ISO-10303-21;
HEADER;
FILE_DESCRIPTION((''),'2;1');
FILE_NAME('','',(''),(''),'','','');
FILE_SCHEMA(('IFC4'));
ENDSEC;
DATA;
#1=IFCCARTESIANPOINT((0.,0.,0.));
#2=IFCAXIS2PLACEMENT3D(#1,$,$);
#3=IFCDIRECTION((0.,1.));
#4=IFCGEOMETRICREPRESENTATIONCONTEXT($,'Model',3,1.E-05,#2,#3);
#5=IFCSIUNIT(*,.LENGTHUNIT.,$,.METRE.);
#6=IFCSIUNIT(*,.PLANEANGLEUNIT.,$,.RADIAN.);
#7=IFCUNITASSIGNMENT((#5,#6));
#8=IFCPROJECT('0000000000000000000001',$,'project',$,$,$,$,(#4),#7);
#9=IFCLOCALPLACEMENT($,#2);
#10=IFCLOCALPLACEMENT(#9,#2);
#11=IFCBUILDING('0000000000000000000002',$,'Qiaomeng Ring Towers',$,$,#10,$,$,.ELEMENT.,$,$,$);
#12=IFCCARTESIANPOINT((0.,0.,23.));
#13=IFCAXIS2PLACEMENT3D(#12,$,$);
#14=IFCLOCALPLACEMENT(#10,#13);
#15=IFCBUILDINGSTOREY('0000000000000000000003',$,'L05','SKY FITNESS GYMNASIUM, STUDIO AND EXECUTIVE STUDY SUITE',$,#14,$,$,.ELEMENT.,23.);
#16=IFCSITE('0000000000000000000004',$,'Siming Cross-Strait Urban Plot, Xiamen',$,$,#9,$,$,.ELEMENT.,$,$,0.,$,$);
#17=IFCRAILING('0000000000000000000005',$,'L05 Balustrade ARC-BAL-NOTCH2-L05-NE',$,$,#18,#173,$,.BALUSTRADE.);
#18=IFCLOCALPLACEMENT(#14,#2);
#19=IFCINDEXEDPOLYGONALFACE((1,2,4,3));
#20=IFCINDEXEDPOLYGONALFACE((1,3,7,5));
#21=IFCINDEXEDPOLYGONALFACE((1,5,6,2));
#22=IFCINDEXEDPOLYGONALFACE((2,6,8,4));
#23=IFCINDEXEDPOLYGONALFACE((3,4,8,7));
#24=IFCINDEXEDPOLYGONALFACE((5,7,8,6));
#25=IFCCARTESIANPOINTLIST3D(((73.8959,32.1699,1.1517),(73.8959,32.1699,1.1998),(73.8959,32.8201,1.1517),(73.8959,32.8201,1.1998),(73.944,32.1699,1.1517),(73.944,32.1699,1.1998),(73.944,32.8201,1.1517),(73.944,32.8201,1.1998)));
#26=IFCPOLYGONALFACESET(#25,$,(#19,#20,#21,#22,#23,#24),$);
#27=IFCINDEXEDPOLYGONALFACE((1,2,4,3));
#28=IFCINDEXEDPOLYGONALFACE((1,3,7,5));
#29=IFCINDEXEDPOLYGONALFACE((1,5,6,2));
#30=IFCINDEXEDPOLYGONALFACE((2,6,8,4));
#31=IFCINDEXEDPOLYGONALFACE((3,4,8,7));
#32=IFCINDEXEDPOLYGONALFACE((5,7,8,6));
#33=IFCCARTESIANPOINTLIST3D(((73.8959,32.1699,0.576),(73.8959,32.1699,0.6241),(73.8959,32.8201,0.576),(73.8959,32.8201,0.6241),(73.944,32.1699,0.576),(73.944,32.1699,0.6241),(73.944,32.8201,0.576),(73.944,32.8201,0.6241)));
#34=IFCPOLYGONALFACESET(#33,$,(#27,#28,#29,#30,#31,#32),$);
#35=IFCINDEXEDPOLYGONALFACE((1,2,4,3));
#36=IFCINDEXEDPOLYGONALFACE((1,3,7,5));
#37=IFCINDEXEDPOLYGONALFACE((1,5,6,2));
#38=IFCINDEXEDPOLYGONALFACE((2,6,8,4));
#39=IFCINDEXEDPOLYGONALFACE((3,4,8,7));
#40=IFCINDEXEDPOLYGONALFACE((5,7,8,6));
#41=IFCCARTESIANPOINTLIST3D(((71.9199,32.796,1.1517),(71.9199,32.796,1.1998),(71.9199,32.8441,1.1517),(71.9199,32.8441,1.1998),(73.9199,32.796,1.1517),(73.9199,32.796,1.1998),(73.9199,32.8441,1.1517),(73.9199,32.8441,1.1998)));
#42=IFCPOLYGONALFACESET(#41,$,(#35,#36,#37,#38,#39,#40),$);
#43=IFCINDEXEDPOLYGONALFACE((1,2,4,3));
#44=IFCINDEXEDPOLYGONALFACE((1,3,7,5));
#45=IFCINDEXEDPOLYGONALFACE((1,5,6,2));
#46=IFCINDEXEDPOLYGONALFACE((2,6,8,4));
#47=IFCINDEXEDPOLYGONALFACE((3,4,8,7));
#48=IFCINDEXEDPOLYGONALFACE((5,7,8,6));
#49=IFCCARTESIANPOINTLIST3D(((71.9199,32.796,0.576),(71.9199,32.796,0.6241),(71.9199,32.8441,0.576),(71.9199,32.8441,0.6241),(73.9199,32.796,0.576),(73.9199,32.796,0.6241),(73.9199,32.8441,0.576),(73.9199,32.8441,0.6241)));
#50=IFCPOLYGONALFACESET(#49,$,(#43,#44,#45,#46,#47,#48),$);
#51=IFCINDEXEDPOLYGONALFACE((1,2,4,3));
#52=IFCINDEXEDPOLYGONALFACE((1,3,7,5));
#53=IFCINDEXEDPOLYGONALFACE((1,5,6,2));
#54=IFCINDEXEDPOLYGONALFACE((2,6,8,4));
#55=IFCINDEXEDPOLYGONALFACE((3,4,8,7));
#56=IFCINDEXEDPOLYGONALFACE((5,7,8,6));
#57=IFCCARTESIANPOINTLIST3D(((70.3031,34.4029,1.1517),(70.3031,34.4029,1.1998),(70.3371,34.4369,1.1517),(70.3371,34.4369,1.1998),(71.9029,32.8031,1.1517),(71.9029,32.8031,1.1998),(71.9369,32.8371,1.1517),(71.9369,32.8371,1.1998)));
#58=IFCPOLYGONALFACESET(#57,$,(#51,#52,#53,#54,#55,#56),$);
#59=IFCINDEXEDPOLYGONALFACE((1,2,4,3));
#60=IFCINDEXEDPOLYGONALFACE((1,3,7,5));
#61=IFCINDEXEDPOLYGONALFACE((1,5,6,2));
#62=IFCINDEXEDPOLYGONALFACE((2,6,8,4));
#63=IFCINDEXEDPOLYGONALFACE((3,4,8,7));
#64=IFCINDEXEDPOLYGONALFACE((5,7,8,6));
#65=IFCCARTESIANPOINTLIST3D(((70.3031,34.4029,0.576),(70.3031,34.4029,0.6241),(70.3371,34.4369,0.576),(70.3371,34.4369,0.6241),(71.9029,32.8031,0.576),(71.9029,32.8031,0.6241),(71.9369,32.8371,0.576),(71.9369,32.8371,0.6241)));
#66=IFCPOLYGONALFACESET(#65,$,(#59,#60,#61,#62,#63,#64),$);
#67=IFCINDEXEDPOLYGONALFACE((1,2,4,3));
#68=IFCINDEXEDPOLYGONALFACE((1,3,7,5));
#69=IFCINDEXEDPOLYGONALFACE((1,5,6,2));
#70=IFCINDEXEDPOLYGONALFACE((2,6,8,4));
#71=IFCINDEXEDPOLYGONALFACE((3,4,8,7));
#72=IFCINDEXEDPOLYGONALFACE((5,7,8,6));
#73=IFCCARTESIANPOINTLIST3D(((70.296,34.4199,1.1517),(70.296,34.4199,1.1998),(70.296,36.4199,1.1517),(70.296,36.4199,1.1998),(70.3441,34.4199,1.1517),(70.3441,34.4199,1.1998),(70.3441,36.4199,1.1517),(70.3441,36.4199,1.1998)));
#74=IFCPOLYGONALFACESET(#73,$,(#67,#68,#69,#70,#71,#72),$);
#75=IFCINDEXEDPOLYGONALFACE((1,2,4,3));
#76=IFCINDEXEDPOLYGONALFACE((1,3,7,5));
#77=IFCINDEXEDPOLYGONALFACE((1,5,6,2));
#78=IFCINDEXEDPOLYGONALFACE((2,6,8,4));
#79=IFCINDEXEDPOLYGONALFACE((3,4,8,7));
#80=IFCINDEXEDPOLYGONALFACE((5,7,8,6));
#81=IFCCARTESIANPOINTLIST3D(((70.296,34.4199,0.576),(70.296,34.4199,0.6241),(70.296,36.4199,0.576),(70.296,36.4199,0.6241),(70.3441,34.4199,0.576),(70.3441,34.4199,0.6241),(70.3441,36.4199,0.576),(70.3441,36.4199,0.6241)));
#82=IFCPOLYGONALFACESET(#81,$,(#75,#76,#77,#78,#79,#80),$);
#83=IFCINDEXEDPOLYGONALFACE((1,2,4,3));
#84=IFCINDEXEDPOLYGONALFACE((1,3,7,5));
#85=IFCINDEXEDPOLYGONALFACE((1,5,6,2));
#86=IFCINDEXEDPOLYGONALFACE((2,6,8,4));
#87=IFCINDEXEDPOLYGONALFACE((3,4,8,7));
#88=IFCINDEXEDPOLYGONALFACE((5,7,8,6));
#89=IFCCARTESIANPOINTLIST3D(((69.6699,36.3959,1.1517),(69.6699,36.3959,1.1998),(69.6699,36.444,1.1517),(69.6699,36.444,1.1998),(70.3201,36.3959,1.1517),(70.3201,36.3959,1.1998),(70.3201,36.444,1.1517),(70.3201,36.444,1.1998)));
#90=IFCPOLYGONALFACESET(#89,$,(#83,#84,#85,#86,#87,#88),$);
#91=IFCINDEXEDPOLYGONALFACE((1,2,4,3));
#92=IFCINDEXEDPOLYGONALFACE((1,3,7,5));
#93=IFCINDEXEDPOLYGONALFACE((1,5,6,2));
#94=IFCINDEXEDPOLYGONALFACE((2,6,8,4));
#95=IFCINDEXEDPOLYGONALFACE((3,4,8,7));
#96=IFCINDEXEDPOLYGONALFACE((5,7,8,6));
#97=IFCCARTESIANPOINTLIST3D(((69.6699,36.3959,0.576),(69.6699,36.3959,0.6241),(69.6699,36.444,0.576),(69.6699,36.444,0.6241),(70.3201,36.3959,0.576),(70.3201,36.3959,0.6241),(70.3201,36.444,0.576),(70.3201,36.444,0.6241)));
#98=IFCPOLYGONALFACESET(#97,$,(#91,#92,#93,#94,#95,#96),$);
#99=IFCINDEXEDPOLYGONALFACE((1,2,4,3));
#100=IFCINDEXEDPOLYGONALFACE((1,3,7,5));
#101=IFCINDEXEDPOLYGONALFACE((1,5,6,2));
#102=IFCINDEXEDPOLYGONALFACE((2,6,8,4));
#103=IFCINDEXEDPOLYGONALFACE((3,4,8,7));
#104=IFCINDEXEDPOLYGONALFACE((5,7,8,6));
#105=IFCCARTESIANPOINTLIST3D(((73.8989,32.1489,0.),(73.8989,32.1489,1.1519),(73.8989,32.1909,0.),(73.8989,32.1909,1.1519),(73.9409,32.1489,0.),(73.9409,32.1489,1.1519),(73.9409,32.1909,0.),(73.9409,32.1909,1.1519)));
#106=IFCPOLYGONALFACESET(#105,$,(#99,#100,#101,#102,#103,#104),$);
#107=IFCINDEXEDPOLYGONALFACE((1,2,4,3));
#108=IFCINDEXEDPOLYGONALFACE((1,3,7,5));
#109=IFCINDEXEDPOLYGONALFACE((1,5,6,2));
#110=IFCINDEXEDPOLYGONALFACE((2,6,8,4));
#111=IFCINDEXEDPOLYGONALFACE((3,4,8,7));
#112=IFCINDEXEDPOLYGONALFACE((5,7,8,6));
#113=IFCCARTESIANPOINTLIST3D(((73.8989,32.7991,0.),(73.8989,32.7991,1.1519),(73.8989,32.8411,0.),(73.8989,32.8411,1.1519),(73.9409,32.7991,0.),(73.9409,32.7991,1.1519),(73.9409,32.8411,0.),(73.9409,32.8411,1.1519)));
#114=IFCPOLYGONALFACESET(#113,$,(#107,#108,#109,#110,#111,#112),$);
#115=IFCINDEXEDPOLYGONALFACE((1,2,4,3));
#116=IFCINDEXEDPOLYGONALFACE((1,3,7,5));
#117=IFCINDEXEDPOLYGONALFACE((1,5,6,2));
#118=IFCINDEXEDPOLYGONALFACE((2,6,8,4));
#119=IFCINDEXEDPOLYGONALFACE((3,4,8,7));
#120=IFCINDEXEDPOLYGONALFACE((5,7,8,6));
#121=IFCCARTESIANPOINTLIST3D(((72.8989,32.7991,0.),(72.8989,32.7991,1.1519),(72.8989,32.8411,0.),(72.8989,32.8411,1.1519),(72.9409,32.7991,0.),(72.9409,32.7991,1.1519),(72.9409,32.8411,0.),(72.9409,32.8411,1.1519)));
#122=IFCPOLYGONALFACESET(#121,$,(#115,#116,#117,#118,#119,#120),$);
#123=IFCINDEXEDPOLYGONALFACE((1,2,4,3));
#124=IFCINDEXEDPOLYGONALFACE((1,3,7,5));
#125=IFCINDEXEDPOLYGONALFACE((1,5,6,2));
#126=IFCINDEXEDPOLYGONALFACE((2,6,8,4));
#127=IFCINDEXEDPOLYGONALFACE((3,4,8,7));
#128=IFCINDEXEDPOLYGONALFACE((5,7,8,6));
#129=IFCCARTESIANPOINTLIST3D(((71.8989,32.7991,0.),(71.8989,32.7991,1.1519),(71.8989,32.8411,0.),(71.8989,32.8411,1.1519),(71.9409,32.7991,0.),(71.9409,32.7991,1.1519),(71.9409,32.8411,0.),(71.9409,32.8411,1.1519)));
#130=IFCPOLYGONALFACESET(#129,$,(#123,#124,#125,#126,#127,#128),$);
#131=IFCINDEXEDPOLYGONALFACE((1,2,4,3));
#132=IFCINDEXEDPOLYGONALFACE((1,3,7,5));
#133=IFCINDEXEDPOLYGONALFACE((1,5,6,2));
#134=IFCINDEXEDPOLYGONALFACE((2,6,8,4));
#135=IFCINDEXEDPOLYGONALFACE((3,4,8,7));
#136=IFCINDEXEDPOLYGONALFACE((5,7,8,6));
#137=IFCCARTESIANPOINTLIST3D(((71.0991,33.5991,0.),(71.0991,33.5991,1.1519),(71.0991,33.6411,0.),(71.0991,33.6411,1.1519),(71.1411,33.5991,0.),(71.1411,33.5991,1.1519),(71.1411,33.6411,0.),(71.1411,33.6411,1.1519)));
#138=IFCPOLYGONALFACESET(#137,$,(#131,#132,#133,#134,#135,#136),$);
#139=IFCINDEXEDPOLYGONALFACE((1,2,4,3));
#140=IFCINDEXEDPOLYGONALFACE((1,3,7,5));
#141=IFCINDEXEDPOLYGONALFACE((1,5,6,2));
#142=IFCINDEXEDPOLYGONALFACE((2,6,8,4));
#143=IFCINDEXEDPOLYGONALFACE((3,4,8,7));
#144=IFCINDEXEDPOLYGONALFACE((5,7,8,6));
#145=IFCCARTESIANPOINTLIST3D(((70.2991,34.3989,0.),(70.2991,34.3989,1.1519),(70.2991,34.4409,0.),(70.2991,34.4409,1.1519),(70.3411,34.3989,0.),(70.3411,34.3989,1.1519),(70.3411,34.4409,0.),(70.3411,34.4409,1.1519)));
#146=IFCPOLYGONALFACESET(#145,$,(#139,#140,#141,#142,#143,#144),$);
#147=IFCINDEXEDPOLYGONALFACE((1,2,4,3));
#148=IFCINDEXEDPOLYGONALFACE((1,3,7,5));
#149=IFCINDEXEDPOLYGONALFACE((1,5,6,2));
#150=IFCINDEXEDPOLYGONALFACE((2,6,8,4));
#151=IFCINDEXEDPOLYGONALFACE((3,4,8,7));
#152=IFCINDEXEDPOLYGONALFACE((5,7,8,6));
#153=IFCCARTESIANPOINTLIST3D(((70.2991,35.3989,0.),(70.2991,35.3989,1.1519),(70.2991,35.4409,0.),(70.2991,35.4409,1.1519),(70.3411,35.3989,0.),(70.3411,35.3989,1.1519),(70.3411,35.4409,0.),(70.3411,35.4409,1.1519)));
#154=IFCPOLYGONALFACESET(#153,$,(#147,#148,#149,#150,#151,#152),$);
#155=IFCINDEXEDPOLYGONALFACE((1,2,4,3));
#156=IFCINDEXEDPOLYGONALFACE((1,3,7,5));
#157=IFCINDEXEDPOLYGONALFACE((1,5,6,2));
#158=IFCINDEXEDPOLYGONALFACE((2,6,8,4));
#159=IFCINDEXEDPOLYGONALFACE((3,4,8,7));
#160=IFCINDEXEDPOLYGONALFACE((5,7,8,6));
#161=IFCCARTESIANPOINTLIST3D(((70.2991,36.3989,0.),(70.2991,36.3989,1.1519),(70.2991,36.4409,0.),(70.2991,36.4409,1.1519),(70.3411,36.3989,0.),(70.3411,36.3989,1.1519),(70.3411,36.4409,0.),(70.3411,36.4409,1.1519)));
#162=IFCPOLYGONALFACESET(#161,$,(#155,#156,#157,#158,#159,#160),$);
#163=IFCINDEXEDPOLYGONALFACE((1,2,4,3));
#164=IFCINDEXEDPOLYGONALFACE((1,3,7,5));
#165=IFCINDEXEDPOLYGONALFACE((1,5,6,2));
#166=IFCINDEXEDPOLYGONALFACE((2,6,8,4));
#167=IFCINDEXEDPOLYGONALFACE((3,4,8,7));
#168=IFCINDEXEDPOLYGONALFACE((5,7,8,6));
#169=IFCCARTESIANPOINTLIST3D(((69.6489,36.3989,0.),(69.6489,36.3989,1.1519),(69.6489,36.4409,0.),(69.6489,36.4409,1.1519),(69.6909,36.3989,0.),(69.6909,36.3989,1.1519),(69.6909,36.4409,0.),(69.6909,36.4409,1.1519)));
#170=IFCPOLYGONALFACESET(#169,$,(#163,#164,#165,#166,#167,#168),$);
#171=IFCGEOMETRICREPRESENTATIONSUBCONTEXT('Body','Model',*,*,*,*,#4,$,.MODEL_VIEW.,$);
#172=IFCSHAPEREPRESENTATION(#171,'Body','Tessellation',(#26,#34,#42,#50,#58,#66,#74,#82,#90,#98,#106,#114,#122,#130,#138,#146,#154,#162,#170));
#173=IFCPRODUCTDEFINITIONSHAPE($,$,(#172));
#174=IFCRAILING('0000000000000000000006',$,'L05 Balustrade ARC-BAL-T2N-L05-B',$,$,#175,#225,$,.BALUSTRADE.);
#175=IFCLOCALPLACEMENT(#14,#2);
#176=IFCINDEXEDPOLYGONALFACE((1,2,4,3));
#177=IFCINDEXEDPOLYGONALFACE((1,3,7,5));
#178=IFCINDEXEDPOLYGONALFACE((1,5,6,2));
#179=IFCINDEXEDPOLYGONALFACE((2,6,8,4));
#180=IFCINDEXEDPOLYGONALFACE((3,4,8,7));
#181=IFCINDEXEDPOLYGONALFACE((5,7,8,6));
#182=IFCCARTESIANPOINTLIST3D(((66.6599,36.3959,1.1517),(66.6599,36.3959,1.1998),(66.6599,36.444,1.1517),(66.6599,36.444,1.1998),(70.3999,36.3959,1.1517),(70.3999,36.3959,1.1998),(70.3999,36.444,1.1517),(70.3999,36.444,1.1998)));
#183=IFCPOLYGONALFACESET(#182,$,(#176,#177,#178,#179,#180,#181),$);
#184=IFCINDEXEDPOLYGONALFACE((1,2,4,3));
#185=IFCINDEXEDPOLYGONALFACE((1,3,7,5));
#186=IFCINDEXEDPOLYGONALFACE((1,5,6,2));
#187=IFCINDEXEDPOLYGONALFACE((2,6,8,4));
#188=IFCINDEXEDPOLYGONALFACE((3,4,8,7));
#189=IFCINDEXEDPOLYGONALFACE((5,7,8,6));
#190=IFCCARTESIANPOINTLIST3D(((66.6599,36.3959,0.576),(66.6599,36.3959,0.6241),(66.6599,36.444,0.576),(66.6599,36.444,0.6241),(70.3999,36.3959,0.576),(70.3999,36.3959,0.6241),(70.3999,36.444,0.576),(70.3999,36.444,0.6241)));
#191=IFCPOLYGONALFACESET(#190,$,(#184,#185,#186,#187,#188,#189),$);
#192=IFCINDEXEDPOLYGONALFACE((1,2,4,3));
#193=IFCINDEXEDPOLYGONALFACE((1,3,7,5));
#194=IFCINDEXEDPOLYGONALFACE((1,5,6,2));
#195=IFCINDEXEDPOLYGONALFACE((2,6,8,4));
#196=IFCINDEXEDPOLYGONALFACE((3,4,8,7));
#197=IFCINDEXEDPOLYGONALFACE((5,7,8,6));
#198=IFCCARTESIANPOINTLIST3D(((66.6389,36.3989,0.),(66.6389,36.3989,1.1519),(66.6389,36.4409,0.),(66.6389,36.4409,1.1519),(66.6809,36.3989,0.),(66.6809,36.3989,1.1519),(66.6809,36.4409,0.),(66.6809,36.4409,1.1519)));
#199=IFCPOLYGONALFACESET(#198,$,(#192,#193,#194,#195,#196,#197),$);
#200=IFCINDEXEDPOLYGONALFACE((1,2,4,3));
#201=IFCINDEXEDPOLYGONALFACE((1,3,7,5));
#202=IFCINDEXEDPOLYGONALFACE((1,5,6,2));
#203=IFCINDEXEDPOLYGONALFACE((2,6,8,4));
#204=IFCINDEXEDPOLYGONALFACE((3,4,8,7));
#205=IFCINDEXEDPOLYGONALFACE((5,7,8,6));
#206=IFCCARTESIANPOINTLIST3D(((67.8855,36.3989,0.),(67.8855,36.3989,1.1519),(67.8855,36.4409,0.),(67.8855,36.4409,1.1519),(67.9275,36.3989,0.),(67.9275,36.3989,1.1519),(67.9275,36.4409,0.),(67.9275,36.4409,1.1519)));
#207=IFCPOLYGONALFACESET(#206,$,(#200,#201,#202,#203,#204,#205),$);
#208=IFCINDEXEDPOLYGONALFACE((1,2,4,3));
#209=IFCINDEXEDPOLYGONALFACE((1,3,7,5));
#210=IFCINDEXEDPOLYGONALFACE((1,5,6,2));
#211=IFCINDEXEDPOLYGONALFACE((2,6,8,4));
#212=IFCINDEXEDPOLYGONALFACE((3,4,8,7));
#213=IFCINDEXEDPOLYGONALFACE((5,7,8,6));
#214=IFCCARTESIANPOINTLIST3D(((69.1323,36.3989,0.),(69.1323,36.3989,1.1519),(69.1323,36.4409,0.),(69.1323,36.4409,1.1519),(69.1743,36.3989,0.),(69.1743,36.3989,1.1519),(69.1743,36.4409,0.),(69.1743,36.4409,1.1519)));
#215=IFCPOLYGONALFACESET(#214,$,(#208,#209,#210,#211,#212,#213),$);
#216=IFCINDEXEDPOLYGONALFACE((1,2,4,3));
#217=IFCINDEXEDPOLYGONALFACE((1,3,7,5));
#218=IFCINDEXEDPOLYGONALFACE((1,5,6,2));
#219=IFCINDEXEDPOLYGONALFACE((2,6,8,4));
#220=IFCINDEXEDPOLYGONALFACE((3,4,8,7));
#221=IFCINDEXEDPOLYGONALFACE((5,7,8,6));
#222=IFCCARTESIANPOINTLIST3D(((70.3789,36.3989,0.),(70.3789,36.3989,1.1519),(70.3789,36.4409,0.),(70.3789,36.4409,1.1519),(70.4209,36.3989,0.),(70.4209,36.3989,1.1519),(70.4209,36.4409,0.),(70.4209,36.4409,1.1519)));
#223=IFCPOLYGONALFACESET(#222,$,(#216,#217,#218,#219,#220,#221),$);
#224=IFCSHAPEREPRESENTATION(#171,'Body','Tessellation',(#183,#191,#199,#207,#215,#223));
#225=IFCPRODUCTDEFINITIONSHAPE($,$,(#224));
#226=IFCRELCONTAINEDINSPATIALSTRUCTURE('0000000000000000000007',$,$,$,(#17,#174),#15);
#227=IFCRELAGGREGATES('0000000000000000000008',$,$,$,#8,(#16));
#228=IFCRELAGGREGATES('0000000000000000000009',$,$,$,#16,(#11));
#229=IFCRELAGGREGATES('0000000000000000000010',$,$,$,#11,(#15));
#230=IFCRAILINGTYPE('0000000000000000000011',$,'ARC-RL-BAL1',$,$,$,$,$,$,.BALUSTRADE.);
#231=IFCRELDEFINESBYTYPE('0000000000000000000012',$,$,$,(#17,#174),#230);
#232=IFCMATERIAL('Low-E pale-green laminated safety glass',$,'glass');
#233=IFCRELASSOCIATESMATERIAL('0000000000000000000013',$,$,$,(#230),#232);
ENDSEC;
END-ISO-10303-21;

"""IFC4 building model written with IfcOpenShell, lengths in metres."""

from ifc_helpers import new_model, si_unit, direction, frame, origin, origin_2d, place, context, subcontext, project, spatial, rectangle, extrude, material, type_object, element, save


model = new_model("IFC4")

# Units and contexts
model_context = context("Model", 3, precision=1e-05, world=origin(), true_north=direction((0.0, 1.0)))
body_context = subcontext(model_context, "Body", "Model", "MODEL_VIEW")
ifc_project = project(units=[si_unit("LENGTHUNIT", "METRE"), si_unit("PLANEANGLEUNIT", "RADIAN")], contexts=[model_context])

# Site, building, storey
site_placement = place(None, origin())
site = spatial("IfcSite", under=ifc_project, at=site_placement, Name="Siming Cross-Strait Urban Plot, Xiamen", CompositionType="ELEMENT", RefElevation=0.0)
building_placement = place(site_placement, origin())
building = spatial("IfcBuilding", under=site, at=building_placement, Name="Qiaomeng Ring Towers", CompositionType="ELEMENT")
storey_placement = place(building_placement, frame((0.0, 0.0, 23.0)))
storey = spatial("IfcBuildingStorey", under=building, at=storey_placement, Name="L05", Description="SKY FITNESS GYMNASIUM, STUDIO AND EXECUTIVE STUDY SUITE", CompositionType="ELEMENT", Elevation=23.0)

# Railings
ifc_material_1 = material(Name="Low-E pale-green laminated safety glass", Category="glass")
railing_type = type_object("IfcRailingType", Name="ARC-RL-BAL1", PredefinedType="BALUSTRADE", material=ifc_material_1)
railing_1_placement = place(storey_placement, frame((73.9199, 32.1699, 0.0)))
element("IfcRailing", 1, at=railing_1_placement, inside=storey, type_object=railing_type, Name="L05 Balustrade ARC-BAL-NOTCH2-L05-NE", PredefinedType="BALUSTRADE", context=body_context, shape_type="SweptSolid", body=[
    extrude(rectangle(XDim=0.0481, YDim=0.0481, at=origin_2d()), frame((0.0, 0.0, 1.1758), z_axis=(0.0, 1.0, 0.0), x_axis=(-1.0, 0.0, 0.0)), (0.0, 0.0, 1.0), 0.6501),
    extrude(rectangle(XDim=0.0481, YDim=0.0481, at=origin_2d()), frame((0.0, 0.0, 0.6001), z_axis=(0.0, 1.0, 0.0), x_axis=(-1.0, 0.0, 0.0)), (0.0, 0.0, 1.0), 0.6501),
    extrude(rectangle(XDim=0.0481, YDim=0.0481, at=origin_2d()), frame((0.0, 0.6501, 1.1758), z_axis=(-1.0, 0.0, 0.0), x_axis=(0.0, -1.0, 0.0)), (0.0, 0.0, 1.0), 2.0),
    extrude(rectangle(XDim=0.0481, YDim=0.0481, at=origin_2d()), frame((0.0, 0.6501, 0.6001), z_axis=(-1.0, 0.0, 0.0), x_axis=(0.0, -1.0, 0.0)), (0.0, 0.0, 1.0), 2.0),
    extrude(rectangle(XDim=0.0481, YDim=0.0481, at=origin_2d()), frame((-2.0, 0.6501, 1.1758), z_axis=(-0.707107, 0.707107, 0.0), x_axis=(-0.707107, -0.707107, 0.0)), (0.0, 0.0, 1.0), 2.2625),
    extrude(rectangle(XDim=0.0481, YDim=0.0481, at=origin_2d()), frame((-2.0, 0.6501, 0.6001), z_axis=(-0.707107, 0.707107, 0.0), x_axis=(-0.707107, -0.707107, 0.0)), (0.0, 0.0, 1.0), 2.2625),
    extrude(rectangle(XDim=0.0481, YDim=0.0481, at=origin_2d()), frame((-3.5999, 2.25, 1.1758), z_axis=(0.0, 1.0, 0.0), x_axis=(-1.0, 0.0, 0.0)), (0.0, 0.0, 1.0), 2.0),
    extrude(rectangle(XDim=0.0481, YDim=0.0481, at=origin_2d()), frame((-3.5999, 2.25, 0.6001), z_axis=(0.0, 1.0, 0.0), x_axis=(-1.0, 0.0, 0.0)), (0.0, 0.0, 1.0), 2.0),
    extrude(rectangle(XDim=0.0481, YDim=0.0481, at=origin_2d()), frame((-3.5999, 4.25, 1.1758), z_axis=(-1.0, 0.0, 0.0), x_axis=(0.0, -1.0, 0.0)), (0.0, 0.0, 1.0), 0.6501),
    extrude(rectangle(XDim=0.0481, YDim=0.0481, at=origin_2d()), frame((-3.5999, 4.25, 0.6001), z_axis=(-1.0, 0.0, 0.0), x_axis=(0.0, -1.0, 0.0)), (0.0, 0.0, 1.0), 0.6501),
    extrude(rectangle(XDim=0.042, YDim=0.042, at=origin_2d()), origin(), (0.0, 0.0, 1.0), 1.1519),
    extrude(rectangle(XDim=0.042, YDim=0.042, at=origin_2d()), frame((0.0, 0.6501, 0.0)), (0.0, 0.0, 1.0), 1.1519),
    extrude(rectangle(XDim=0.042, YDim=0.042, at=origin_2d()), frame((-1.0, 0.6501, 0.0)), (0.0, 0.0, 1.0), 1.1519),
    extrude(rectangle(XDim=0.042, YDim=0.042, at=origin_2d()), frame((-2.0, 0.6501, 0.0)), (0.0, 0.0, 1.0), 1.1519),
    extrude(rectangle(XDim=0.042, YDim=0.042, at=origin_2d()), frame((-2.7998, 1.4502, 0.0)), (0.0, 0.0, 1.0), 1.1519),
    extrude(rectangle(XDim=0.042, YDim=0.042, at=origin_2d()), frame((-3.5999, 2.25, 0.0)), (0.0, 0.0, 1.0), 1.1519),
    extrude(rectangle(XDim=0.042, YDim=0.042, at=origin_2d()), frame((-3.5999, 3.25, 0.0)), (0.0, 0.0, 1.0), 1.1519),
    extrude(rectangle(XDim=0.042, YDim=0.042, at=origin_2d()), frame((-3.5999, 4.25, 0.0)), (0.0, 0.0, 1.0), 1.1519),
    extrude(rectangle(XDim=0.042, YDim=0.042, at=origin_2d()), frame((-4.25, 4.25, 0.0)), (0.0, 0.0, 1.0), 1.1519),
])
railing_2_placement = place(storey_placement, frame((66.6599, 36.4199, 0.0)))
element("IfcRailing", 2, at=railing_2_placement, inside=storey, type_object=railing_type, Name="L05 Balustrade ARC-BAL-T2N-L05-B", PredefinedType="BALUSTRADE", context=body_context, shape_type="SweptSolid", body=[
    extrude(rectangle(XDim=0.0481, YDim=0.0481, at=origin_2d()), frame((0.0, 0.0, 1.1758), z_axis=(1.0, 0.0, 0.0), x_axis=(0.0, 1.0, 0.0)), (0.0, 0.0, 1.0), 3.74),
    extrude(rectangle(XDim=0.0481, YDim=0.0481, at=origin_2d()), frame((0.0, 0.0, 0.6001), z_axis=(1.0, 0.0, 0.0), x_axis=(0.0, 1.0, 0.0)), (0.0, 0.0, 1.0), 3.74),
    extrude(rectangle(XDim=0.042, YDim=0.042, at=origin_2d()), origin(), (0.0, 0.0, 1.0), 1.1519),
    extrude(rectangle(XDim=0.042, YDim=0.042, at=origin_2d()), frame((1.2466, 0.0, 0.0)), (0.0, 0.0, 1.0), 1.1519),
    extrude(rectangle(XDim=0.042, YDim=0.042, at=origin_2d()), frame((2.4934, 0.0, 0.0)), (0.0, 0.0, 1.0), 1.1519),
    extrude(rectangle(XDim=0.042, YDim=0.042, at=origin_2d()), frame((3.74, 0.0, 0.0)), (0.0, 0.0, 1.0), 1.1519),
])

save(model, "model.ifc")
